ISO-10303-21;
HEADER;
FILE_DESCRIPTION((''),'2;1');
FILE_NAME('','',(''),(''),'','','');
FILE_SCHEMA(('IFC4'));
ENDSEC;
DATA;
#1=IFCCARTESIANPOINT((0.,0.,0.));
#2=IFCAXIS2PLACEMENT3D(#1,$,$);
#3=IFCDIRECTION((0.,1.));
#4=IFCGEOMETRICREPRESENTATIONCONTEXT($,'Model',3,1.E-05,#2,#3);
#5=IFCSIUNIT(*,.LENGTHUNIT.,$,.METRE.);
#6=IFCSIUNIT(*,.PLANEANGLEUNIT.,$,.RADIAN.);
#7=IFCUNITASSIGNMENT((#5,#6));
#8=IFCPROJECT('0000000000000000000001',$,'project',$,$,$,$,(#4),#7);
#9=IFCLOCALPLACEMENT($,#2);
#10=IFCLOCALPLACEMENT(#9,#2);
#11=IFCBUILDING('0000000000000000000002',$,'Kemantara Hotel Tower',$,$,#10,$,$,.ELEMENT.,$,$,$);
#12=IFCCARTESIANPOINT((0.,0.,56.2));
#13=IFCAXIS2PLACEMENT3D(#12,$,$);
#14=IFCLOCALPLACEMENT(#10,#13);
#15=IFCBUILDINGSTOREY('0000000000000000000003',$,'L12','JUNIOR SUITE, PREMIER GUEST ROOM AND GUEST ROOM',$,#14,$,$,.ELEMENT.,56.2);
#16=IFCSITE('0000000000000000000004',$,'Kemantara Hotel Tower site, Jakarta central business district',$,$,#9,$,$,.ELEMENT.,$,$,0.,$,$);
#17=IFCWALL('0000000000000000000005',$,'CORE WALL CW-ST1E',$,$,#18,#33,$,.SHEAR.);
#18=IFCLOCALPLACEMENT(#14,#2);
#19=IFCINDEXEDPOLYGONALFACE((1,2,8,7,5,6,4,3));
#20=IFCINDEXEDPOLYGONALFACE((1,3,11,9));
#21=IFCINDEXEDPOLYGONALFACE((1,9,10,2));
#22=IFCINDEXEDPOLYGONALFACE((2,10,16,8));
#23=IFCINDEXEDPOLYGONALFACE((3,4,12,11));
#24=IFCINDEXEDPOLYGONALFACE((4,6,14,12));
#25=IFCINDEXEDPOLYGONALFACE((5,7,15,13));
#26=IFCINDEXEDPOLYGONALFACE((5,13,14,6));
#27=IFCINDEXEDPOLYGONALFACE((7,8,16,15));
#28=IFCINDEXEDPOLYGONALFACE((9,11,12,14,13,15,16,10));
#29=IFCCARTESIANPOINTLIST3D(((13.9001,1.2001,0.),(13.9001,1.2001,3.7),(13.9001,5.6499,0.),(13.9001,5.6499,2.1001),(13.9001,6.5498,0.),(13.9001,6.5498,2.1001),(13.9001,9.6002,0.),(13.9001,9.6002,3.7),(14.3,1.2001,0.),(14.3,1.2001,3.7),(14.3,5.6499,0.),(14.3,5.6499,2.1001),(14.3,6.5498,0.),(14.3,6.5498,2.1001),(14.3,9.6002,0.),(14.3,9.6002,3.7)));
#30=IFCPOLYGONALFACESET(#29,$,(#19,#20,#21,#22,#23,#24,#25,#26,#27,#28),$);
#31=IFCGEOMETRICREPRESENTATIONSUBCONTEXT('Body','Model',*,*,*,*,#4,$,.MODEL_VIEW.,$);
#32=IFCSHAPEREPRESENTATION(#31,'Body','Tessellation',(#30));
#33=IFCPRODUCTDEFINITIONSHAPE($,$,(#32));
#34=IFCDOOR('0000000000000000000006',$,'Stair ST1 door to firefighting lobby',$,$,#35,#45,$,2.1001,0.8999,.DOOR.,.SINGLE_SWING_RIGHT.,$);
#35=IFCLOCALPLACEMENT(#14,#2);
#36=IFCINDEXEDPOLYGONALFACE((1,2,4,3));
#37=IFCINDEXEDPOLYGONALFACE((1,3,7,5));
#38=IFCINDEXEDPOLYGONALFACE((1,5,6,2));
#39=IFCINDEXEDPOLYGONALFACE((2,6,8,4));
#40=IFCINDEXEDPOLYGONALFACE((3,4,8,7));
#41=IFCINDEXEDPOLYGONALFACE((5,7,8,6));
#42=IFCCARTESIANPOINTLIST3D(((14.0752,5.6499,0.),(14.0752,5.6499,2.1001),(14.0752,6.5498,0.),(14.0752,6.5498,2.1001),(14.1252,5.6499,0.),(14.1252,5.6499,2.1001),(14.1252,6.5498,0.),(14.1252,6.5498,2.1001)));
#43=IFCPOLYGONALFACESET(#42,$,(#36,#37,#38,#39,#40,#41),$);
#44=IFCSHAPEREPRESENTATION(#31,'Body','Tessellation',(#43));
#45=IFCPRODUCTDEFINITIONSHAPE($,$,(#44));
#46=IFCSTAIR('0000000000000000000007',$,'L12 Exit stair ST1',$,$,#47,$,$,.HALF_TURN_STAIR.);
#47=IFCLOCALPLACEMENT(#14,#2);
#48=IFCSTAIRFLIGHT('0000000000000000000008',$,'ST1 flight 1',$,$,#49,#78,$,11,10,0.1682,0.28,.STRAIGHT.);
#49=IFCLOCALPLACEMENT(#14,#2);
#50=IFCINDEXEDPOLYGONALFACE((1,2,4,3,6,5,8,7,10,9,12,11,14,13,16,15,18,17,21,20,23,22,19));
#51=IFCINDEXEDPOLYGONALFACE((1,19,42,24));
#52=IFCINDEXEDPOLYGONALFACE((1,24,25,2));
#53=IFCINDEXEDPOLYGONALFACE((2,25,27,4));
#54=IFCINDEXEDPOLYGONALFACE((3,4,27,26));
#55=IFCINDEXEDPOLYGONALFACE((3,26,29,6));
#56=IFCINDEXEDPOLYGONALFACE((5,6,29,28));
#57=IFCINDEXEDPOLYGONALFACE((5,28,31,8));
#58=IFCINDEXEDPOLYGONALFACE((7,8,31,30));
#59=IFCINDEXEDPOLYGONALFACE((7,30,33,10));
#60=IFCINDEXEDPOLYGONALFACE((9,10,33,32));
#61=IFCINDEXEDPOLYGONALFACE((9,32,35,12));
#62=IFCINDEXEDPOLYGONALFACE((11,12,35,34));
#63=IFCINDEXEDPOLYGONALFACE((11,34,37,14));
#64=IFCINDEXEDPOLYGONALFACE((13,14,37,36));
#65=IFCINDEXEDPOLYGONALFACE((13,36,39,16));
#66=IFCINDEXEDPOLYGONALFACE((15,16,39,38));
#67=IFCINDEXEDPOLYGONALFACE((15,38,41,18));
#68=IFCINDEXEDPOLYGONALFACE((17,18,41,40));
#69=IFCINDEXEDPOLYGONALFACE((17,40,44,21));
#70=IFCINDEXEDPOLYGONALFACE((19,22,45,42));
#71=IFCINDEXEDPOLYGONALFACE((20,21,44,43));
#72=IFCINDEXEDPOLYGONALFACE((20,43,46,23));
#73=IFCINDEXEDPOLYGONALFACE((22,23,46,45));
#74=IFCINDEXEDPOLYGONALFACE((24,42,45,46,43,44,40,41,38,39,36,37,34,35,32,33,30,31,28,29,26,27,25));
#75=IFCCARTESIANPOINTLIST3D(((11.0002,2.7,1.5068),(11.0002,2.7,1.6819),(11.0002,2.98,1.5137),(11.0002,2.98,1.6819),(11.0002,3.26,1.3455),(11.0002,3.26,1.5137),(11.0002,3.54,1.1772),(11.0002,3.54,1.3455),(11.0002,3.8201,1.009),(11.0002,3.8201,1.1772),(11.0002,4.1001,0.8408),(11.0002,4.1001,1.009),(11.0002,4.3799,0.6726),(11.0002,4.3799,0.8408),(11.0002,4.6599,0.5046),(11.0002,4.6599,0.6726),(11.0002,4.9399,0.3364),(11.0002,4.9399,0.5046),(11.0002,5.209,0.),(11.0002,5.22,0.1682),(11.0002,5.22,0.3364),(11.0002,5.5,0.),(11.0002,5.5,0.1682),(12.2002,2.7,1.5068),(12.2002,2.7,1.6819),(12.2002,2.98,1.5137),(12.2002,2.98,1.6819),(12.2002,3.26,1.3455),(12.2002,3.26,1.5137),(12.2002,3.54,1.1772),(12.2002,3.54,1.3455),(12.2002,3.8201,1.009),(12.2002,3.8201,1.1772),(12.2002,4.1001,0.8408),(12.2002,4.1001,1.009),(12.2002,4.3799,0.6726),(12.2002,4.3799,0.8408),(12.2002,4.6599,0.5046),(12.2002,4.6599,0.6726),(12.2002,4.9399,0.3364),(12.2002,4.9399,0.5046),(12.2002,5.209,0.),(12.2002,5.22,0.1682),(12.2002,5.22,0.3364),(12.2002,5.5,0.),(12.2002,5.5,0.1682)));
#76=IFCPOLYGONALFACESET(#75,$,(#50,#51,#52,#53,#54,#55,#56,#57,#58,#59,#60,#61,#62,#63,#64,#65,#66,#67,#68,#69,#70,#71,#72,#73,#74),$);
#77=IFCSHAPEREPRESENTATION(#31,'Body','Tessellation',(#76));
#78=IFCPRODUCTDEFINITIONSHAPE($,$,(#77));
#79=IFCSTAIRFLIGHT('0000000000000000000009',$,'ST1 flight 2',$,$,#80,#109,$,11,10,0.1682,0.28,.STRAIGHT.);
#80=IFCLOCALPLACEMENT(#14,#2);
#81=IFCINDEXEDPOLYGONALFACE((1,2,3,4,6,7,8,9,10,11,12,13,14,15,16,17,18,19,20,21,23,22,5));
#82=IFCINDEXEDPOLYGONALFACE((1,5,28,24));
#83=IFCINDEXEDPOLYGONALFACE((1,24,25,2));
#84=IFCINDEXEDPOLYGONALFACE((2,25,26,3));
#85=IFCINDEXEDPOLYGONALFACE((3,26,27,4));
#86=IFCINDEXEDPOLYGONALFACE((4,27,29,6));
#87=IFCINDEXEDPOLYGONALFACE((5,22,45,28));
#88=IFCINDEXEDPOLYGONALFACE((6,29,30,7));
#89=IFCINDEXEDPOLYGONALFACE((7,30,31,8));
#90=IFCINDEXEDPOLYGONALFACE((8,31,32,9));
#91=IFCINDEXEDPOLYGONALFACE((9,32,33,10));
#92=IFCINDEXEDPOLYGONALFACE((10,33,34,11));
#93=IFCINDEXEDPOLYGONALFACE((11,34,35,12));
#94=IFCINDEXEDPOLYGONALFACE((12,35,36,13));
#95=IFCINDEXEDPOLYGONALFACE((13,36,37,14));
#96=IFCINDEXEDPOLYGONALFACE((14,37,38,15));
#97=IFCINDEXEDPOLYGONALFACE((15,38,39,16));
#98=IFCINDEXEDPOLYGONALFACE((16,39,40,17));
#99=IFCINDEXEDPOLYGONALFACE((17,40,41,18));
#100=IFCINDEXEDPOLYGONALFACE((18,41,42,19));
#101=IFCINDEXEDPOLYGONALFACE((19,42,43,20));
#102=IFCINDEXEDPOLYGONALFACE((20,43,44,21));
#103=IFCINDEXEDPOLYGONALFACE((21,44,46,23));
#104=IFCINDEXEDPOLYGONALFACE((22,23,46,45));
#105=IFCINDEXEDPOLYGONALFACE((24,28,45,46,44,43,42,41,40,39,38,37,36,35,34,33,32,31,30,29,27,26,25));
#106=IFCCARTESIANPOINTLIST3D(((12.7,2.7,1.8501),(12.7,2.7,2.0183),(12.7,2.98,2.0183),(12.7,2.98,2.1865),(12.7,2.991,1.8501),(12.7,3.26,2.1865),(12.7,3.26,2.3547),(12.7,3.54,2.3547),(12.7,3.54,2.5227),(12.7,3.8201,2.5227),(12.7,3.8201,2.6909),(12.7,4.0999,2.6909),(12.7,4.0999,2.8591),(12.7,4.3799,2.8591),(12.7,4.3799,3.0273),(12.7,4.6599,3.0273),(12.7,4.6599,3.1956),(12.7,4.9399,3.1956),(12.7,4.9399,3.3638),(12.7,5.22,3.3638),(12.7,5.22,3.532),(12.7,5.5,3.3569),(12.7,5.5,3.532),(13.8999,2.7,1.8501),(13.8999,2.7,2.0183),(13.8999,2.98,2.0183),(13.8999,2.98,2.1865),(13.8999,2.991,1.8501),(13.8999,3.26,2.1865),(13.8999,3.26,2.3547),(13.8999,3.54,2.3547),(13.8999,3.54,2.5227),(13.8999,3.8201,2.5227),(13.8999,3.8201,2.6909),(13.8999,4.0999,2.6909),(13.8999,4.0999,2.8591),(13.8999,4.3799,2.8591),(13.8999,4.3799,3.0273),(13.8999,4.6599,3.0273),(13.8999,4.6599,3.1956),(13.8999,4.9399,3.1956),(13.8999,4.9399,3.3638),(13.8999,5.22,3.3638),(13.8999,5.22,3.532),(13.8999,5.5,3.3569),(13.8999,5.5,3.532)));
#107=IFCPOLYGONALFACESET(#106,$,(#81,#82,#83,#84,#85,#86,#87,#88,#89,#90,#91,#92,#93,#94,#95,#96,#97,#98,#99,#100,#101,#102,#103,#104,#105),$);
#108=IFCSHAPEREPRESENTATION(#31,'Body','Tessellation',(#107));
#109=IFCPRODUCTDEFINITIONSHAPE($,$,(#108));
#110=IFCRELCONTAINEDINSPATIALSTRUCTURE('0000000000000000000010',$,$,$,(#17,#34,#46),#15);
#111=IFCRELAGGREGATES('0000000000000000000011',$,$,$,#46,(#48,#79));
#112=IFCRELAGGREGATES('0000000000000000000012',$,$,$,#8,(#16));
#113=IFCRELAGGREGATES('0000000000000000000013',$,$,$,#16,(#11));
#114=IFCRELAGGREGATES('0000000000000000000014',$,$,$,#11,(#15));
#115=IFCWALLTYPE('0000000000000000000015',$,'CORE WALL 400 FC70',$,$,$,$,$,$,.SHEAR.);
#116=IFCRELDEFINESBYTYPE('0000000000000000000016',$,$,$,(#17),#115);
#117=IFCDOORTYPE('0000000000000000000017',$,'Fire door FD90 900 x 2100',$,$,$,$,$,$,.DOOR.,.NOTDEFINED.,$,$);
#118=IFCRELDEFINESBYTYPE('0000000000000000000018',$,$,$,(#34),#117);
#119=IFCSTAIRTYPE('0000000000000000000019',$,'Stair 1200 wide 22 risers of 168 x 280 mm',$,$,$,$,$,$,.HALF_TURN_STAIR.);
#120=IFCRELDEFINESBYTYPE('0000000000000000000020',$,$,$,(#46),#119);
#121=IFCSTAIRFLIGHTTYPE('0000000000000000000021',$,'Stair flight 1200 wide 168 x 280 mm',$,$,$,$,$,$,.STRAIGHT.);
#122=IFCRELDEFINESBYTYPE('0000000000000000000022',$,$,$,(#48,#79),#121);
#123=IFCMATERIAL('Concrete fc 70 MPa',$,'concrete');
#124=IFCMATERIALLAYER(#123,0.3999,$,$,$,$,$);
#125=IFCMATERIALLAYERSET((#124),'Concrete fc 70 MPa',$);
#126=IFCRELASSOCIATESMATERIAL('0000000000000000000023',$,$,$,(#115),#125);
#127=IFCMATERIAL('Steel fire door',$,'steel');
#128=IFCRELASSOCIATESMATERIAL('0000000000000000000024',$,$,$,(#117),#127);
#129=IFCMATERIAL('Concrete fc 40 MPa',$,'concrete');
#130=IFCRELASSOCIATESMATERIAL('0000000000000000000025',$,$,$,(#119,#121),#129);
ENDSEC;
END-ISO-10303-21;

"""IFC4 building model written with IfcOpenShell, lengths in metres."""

from ifc_helpers import new_model, si_unit, direction, frame, frame_2d, origin, place, context, subcontext, project, spatial, polyline, rectangle, outline, extrude, material, layer, layer_set, type_object, element, fill, aggregate, save


model = new_model("IFC4")

# Units and contexts
model_context = context("Model", 3, precision=1e-05, world=origin(), true_north=direction((0.0, 1.0)))
body_context = subcontext(model_context, "Body", "Model", "MODEL_VIEW")
ifc_project = project(units=[si_unit("LENGTHUNIT", "METRE"), si_unit("PLANEANGLEUNIT", "RADIAN")], contexts=[model_context])

# Site, building, storey
site_placement = place(None, origin())
site = spatial("IfcSite", under=ifc_project, at=site_placement, Name="Kemantara Hotel Tower site, Jakarta central business district", CompositionType="ELEMENT", RefElevation=0.0)
building_placement = place(site_placement, origin())
building = spatial("IfcBuilding", under=site, at=building_placement, Name="Kemantara Hotel Tower", CompositionType="ELEMENT")
storey_placement = place(building_placement, frame((0.0, 0.0, 56.2)))
storey = spatial("IfcBuildingStorey", under=building, at=storey_placement, Name="L12", Description="JUNIOR SUITE, PREMIER GUEST ROOM AND GUEST ROOM", CompositionType="ELEMENT", Elevation=56.2)

# Shared definitions
ifc_material_1 = material(Name="Concrete fc 70 MPa", Category="concrete")

# Shared definitions
ifc_layer_1 = layer(ifc_material_1, 0.3999)
ifc_layer_set_1 = layer_set([ifc_layer_1], Name="Concrete fc 70 MPa")
wall_type_1 = type_object("IfcWallType", Name="CORE WALL 400 FC70", PredefinedType="SHEAR", material=ifc_layer_set_1)
ifc_material_2 = material(Name="Steel fire door", Category="steel")

# Wall, opening, door
wall_1_placement = place(storey_placement, frame((14.1001, 1.2, 0.0), z_axis=(0.0, 0.0, 1.0), x_axis=(0.0, 1.0, 0.0)))
wall_1 = element("IfcWall", 1, at=wall_1_placement, inside=storey, type_object=wall_type_1, Name="CORE WALL CW-ST1E", PredefinedType="SHEAR", context=body_context, shape_type="SweptSolid", body=[
    extrude(rectangle(XDim=8.4001, YDim=0.3999, at=frame_2d((4.2002, 0.0))), origin(), (0.0, 0.0, 1.0), 3.7),
])
opening_1_placement = place(wall_1_placement, frame((4.45, 0.0, 0.0)))
opening_1 = element("IfcOpeningElement", 2, at=opening_1_placement, cuts=wall_1, PredefinedType="OPENING", context=body_context, shape_type="SweptSolid", body=[
    extrude(rectangle(XDim=0.8999, YDim=2.1001, at=frame_2d((0.45, 1.05))), frame((0.0, 0.21, 0.0), z_axis=(0.0, -1.0, 0.0), x_axis=(1.0, 0.0, 0.0)), (0.0, 0.0, 1.0), 0.4199),
])
door_type_1 = type_object("IfcDoorType", Name="Fire door FD90 900 x 2100", OperationType="NOTDEFINED", PredefinedType="DOOR", material=ifc_material_2)
door_1_placement = place(opening_1_placement, origin())
door_1 = element("IfcDoor", 3, at=door_1_placement, inside=storey, type_object=door_type_1, Name="Stair ST1 door to firefighting lobby", OperationType="SINGLE_SWING_RIGHT", OverallHeight=2.1001, OverallWidth=0.8999, PredefinedType="DOOR", context=body_context, shape_type="SweptSolid", body=[
    extrude(rectangle(XDim=0.8999, YDim=2.1001, at=frame_2d((0.45, 1.05))), frame((0.0, 0.0249, 0.0), z_axis=(0.0, -1.0, 0.0), x_axis=(1.0, 0.0, 0.0)), (0.0, 0.0, 1.0), 0.05),
])
fill(opening_1, door_1)

# Stair, stair flights
ifc_material_3 = material(Name="Concrete fc 40 MPa", Category="concrete")
stair_type = type_object("IfcStairType", Name="Stair 1200 wide 22 risers of 168 x 280 mm", PredefinedType="HALF_TURN_STAIR", material=ifc_material_3)
stair_placement = place(storey_placement, origin())
stair = element("IfcStair", 4, at=stair_placement, inside=storey, type_object=stair_type, Name="L12 Exit stair ST1", PredefinedType="HALF_TURN_STAIR")
stair_flight_type = type_object("IfcStairFlightType", Name="Stair flight 1200 wide 168 x 280 mm", PredefinedType="STRAIGHT", material=ifc_material_3)
stair_flight_1_placement = place(storey_placement, frame((11.6001, 5.5, 0.0), z_axis=(0.0, 0.0, 1.0), x_axis=(0.0, -1.0, 0.0)))
stair_flight_1 = element("IfcStairFlight", 5, at=stair_flight_1_placement, type_object=stair_flight_type, Name="ST1 flight 1", NumberOfRisers=11, NumberOfTreads=10, PredefinedType="STRAIGHT", RiserHeight=0.1682, TreadLength=0.28, context=body_context, shape_type="SweptSolid", body=[
    extrude(outline(polyline([(0.0, 0.0), (0.0, 0.1682), (0.28, 0.1682), (0.28, 0.3364), (0.5601, 0.3364), (0.5601, 0.5046), (0.8401, 0.5046), (0.8401, 0.6726), (1.1201, 0.6726), (1.1201, 0.8408), (1.3999, 0.8408), (1.3999, 1.009), (1.6799, 1.009), (1.6799, 1.1772), (1.96, 1.1772), (1.96, 1.3455), (2.24, 1.3455), (2.24, 1.5137), (2.52, 1.5137), (2.52, 1.6819), (2.8, 1.6819), (2.8, 1.8501), (2.8, 1.5068), (0.291, 0.0), (0.0, 0.0)])), frame((0.0, 0.6001, 0.0), z_axis=(0.0, -1.0, 0.0), x_axis=(1.0, 0.0, 0.0)), (0.0, 0.0, 1.0), 1.2),
])
stair_flight_2_placement = place(storey_placement, frame((13.3, 2.7, 1.8501), z_axis=(0.0, 0.0, 1.0), x_axis=(0.0, 1.0, 0.0)))
stair_flight_2 = element("IfcStairFlight", 6, at=stair_flight_2_placement, type_object=stair_flight_type, Name="ST1 flight 2", NumberOfRisers=11, NumberOfTreads=10, PredefinedType="STRAIGHT", RiserHeight=0.1682, TreadLength=0.28, context=body_context, shape_type="SweptSolid", body=[
    extrude(outline(polyline([(0.0, 0.0), (0.0, 0.1682), (0.28, 0.1682), (0.28, 0.3364), (0.5601, 0.3364), (0.5601, 0.5046), (0.8401, 0.5046), (0.8401, 0.6726), (1.1201, 0.6726), (1.1201, 0.8408), (1.3999, 0.8408), (1.3999, 1.009), (1.6799, 1.009), (1.6799, 1.1772), (1.96, 1.1772), (1.96, 1.3455), (2.24, 1.3455), (2.24, 1.5137), (2.52, 1.5137), (2.52, 1.6819), (2.8, 1.6819), (2.8, 1.8501), (2.8, 1.5068), (0.291, 0.0), (0.0, 0.0)])), frame((0.0, 0.6001, 0.0), z_axis=(0.0, -1.0, 0.0), x_axis=(1.0, 0.0, 0.0)), (0.0, 0.0, 1.0), 1.2),
])
aggregate(stair, [stair_flight_1, stair_flight_2])

save(model, "model.ifc")
